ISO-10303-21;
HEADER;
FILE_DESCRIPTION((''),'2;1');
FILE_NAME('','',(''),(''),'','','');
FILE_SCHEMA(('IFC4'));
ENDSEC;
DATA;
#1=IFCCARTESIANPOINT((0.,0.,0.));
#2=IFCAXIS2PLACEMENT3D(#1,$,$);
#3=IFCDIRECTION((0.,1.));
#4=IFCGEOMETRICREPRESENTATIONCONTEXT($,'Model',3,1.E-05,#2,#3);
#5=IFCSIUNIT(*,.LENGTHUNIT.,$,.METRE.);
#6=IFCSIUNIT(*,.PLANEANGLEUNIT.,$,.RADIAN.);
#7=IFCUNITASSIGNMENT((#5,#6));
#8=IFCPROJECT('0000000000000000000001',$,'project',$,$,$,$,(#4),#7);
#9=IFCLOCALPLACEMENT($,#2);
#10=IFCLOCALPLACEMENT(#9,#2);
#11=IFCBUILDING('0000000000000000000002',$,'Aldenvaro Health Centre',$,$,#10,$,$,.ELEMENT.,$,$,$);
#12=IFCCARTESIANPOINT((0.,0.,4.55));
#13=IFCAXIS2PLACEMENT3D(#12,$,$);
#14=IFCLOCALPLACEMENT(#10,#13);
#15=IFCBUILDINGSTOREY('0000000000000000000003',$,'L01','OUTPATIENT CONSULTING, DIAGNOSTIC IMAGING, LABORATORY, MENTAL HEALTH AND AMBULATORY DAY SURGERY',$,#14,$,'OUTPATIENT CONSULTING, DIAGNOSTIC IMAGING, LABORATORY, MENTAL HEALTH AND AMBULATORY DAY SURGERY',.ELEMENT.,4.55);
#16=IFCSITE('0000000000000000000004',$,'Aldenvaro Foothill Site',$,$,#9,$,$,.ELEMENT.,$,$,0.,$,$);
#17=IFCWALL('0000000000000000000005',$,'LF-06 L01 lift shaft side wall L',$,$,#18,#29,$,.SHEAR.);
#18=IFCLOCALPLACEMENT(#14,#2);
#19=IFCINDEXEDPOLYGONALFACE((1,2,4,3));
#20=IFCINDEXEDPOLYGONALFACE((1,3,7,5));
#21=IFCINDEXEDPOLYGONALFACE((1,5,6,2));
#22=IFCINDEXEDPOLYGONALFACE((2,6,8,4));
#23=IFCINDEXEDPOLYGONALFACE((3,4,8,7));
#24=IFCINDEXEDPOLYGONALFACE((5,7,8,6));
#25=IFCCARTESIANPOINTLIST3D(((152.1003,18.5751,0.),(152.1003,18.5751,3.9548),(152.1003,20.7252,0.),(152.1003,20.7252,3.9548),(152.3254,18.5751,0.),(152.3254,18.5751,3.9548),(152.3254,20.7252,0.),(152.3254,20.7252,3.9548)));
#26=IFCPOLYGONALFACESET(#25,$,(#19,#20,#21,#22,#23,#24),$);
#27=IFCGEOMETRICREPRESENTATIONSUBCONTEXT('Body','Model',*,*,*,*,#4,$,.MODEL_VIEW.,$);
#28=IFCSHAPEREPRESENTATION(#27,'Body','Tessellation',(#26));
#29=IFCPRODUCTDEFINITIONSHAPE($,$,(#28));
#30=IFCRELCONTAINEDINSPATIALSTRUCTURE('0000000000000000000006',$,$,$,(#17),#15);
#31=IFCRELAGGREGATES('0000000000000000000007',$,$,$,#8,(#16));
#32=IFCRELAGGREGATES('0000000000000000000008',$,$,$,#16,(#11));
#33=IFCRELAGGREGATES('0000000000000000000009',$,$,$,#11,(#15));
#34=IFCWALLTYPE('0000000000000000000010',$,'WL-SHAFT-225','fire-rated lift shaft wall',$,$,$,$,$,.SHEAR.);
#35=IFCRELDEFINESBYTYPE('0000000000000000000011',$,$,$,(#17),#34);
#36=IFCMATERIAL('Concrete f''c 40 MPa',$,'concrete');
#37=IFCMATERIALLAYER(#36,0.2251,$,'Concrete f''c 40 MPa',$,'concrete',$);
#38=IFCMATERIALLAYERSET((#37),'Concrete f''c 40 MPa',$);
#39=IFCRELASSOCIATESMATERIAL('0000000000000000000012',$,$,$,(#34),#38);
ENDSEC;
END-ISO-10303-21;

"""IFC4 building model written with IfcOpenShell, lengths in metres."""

from ifc_helpers import new_model, si_unit, direction, frame, frame_2d, origin, place, context, subcontext, project, spatial, rectangle, extrude, material, layer, layer_set, type_object, element, save


model = new_model("IFC4")

# Units and contexts
model_context = context("Model", 3, precision=1e-05, world=origin(), true_north=direction((0.0, 1.0)))
body_context = subcontext(model_context, "Body", "Model", "MODEL_VIEW")
ifc_project = project(units=[si_unit("LENGTHUNIT", "METRE"), si_unit("PLANEANGLEUNIT", "RADIAN")], contexts=[model_context])

# Site, building, storey
site_placement = place(None, origin())
site = spatial("IfcSite", under=ifc_project, at=site_placement, Name="Aldenvaro Foothill Site", CompositionType="ELEMENT", RefElevation=0.0)
building_placement = place(site_placement, origin())
building = spatial("IfcBuilding", under=site, at=building_placement, Name="Aldenvaro Health Centre", CompositionType="ELEMENT")
storey_placement = place(building_placement, frame((0.0, 0.0, 4.55)))
storey = spatial("IfcBuildingStorey", under=building, at=storey_placement, Name="L01", Description="OUTPATIENT CONSULTING, DIAGNOSTIC IMAGING, LABORATORY, MENTAL HEALTH AND AMBULATORY DAY SURGERY", LongName="OUTPATIENT CONSULTING, DIAGNOSTIC IMAGING, LABORATORY, MENTAL HEALTH AND AMBULATORY DAY SURGERY", CompositionType="ELEMENT", Elevation=4.55)

# Shared definitions
ifc_material_1 = material(Name="Concrete f'c 40 MPa", Category="concrete")
ifc_layer_1 = layer(ifc_material_1, 0.2251, Name="Concrete f'c 40 MPa", Category="concrete")
ifc_layer_set_1 = layer_set([ifc_layer_1], Name="Concrete f'c 40 MPa")
wall_type_1 = type_object("IfcWallType", Name="WL-SHAFT-225", Description="fire-rated lift shaft wall", PredefinedType="SHEAR", material=ifc_layer_set_1)

# Wall
wall_1_placement = place(storey_placement, frame((152.2129, 18.575, 0.0), z_axis=(0.0, 0.0, 1.0), x_axis=(0.0, 1.0, 0.0)))
element("IfcWall", 1, at=wall_1_placement, inside=storey, type_object=wall_type_1, Name="LF-06 L01 lift shaft side wall L", PredefinedType="SHEAR", context=body_context, shape_type="SweptSolid", body=[
    extrude(rectangle(XDim=2.1501, YDim=0.2251, at=frame_2d((1.0752, 0.0))), origin(), (0.0, 0.0, 1.0), 3.9548),
])

save(model, "model.ifc")
